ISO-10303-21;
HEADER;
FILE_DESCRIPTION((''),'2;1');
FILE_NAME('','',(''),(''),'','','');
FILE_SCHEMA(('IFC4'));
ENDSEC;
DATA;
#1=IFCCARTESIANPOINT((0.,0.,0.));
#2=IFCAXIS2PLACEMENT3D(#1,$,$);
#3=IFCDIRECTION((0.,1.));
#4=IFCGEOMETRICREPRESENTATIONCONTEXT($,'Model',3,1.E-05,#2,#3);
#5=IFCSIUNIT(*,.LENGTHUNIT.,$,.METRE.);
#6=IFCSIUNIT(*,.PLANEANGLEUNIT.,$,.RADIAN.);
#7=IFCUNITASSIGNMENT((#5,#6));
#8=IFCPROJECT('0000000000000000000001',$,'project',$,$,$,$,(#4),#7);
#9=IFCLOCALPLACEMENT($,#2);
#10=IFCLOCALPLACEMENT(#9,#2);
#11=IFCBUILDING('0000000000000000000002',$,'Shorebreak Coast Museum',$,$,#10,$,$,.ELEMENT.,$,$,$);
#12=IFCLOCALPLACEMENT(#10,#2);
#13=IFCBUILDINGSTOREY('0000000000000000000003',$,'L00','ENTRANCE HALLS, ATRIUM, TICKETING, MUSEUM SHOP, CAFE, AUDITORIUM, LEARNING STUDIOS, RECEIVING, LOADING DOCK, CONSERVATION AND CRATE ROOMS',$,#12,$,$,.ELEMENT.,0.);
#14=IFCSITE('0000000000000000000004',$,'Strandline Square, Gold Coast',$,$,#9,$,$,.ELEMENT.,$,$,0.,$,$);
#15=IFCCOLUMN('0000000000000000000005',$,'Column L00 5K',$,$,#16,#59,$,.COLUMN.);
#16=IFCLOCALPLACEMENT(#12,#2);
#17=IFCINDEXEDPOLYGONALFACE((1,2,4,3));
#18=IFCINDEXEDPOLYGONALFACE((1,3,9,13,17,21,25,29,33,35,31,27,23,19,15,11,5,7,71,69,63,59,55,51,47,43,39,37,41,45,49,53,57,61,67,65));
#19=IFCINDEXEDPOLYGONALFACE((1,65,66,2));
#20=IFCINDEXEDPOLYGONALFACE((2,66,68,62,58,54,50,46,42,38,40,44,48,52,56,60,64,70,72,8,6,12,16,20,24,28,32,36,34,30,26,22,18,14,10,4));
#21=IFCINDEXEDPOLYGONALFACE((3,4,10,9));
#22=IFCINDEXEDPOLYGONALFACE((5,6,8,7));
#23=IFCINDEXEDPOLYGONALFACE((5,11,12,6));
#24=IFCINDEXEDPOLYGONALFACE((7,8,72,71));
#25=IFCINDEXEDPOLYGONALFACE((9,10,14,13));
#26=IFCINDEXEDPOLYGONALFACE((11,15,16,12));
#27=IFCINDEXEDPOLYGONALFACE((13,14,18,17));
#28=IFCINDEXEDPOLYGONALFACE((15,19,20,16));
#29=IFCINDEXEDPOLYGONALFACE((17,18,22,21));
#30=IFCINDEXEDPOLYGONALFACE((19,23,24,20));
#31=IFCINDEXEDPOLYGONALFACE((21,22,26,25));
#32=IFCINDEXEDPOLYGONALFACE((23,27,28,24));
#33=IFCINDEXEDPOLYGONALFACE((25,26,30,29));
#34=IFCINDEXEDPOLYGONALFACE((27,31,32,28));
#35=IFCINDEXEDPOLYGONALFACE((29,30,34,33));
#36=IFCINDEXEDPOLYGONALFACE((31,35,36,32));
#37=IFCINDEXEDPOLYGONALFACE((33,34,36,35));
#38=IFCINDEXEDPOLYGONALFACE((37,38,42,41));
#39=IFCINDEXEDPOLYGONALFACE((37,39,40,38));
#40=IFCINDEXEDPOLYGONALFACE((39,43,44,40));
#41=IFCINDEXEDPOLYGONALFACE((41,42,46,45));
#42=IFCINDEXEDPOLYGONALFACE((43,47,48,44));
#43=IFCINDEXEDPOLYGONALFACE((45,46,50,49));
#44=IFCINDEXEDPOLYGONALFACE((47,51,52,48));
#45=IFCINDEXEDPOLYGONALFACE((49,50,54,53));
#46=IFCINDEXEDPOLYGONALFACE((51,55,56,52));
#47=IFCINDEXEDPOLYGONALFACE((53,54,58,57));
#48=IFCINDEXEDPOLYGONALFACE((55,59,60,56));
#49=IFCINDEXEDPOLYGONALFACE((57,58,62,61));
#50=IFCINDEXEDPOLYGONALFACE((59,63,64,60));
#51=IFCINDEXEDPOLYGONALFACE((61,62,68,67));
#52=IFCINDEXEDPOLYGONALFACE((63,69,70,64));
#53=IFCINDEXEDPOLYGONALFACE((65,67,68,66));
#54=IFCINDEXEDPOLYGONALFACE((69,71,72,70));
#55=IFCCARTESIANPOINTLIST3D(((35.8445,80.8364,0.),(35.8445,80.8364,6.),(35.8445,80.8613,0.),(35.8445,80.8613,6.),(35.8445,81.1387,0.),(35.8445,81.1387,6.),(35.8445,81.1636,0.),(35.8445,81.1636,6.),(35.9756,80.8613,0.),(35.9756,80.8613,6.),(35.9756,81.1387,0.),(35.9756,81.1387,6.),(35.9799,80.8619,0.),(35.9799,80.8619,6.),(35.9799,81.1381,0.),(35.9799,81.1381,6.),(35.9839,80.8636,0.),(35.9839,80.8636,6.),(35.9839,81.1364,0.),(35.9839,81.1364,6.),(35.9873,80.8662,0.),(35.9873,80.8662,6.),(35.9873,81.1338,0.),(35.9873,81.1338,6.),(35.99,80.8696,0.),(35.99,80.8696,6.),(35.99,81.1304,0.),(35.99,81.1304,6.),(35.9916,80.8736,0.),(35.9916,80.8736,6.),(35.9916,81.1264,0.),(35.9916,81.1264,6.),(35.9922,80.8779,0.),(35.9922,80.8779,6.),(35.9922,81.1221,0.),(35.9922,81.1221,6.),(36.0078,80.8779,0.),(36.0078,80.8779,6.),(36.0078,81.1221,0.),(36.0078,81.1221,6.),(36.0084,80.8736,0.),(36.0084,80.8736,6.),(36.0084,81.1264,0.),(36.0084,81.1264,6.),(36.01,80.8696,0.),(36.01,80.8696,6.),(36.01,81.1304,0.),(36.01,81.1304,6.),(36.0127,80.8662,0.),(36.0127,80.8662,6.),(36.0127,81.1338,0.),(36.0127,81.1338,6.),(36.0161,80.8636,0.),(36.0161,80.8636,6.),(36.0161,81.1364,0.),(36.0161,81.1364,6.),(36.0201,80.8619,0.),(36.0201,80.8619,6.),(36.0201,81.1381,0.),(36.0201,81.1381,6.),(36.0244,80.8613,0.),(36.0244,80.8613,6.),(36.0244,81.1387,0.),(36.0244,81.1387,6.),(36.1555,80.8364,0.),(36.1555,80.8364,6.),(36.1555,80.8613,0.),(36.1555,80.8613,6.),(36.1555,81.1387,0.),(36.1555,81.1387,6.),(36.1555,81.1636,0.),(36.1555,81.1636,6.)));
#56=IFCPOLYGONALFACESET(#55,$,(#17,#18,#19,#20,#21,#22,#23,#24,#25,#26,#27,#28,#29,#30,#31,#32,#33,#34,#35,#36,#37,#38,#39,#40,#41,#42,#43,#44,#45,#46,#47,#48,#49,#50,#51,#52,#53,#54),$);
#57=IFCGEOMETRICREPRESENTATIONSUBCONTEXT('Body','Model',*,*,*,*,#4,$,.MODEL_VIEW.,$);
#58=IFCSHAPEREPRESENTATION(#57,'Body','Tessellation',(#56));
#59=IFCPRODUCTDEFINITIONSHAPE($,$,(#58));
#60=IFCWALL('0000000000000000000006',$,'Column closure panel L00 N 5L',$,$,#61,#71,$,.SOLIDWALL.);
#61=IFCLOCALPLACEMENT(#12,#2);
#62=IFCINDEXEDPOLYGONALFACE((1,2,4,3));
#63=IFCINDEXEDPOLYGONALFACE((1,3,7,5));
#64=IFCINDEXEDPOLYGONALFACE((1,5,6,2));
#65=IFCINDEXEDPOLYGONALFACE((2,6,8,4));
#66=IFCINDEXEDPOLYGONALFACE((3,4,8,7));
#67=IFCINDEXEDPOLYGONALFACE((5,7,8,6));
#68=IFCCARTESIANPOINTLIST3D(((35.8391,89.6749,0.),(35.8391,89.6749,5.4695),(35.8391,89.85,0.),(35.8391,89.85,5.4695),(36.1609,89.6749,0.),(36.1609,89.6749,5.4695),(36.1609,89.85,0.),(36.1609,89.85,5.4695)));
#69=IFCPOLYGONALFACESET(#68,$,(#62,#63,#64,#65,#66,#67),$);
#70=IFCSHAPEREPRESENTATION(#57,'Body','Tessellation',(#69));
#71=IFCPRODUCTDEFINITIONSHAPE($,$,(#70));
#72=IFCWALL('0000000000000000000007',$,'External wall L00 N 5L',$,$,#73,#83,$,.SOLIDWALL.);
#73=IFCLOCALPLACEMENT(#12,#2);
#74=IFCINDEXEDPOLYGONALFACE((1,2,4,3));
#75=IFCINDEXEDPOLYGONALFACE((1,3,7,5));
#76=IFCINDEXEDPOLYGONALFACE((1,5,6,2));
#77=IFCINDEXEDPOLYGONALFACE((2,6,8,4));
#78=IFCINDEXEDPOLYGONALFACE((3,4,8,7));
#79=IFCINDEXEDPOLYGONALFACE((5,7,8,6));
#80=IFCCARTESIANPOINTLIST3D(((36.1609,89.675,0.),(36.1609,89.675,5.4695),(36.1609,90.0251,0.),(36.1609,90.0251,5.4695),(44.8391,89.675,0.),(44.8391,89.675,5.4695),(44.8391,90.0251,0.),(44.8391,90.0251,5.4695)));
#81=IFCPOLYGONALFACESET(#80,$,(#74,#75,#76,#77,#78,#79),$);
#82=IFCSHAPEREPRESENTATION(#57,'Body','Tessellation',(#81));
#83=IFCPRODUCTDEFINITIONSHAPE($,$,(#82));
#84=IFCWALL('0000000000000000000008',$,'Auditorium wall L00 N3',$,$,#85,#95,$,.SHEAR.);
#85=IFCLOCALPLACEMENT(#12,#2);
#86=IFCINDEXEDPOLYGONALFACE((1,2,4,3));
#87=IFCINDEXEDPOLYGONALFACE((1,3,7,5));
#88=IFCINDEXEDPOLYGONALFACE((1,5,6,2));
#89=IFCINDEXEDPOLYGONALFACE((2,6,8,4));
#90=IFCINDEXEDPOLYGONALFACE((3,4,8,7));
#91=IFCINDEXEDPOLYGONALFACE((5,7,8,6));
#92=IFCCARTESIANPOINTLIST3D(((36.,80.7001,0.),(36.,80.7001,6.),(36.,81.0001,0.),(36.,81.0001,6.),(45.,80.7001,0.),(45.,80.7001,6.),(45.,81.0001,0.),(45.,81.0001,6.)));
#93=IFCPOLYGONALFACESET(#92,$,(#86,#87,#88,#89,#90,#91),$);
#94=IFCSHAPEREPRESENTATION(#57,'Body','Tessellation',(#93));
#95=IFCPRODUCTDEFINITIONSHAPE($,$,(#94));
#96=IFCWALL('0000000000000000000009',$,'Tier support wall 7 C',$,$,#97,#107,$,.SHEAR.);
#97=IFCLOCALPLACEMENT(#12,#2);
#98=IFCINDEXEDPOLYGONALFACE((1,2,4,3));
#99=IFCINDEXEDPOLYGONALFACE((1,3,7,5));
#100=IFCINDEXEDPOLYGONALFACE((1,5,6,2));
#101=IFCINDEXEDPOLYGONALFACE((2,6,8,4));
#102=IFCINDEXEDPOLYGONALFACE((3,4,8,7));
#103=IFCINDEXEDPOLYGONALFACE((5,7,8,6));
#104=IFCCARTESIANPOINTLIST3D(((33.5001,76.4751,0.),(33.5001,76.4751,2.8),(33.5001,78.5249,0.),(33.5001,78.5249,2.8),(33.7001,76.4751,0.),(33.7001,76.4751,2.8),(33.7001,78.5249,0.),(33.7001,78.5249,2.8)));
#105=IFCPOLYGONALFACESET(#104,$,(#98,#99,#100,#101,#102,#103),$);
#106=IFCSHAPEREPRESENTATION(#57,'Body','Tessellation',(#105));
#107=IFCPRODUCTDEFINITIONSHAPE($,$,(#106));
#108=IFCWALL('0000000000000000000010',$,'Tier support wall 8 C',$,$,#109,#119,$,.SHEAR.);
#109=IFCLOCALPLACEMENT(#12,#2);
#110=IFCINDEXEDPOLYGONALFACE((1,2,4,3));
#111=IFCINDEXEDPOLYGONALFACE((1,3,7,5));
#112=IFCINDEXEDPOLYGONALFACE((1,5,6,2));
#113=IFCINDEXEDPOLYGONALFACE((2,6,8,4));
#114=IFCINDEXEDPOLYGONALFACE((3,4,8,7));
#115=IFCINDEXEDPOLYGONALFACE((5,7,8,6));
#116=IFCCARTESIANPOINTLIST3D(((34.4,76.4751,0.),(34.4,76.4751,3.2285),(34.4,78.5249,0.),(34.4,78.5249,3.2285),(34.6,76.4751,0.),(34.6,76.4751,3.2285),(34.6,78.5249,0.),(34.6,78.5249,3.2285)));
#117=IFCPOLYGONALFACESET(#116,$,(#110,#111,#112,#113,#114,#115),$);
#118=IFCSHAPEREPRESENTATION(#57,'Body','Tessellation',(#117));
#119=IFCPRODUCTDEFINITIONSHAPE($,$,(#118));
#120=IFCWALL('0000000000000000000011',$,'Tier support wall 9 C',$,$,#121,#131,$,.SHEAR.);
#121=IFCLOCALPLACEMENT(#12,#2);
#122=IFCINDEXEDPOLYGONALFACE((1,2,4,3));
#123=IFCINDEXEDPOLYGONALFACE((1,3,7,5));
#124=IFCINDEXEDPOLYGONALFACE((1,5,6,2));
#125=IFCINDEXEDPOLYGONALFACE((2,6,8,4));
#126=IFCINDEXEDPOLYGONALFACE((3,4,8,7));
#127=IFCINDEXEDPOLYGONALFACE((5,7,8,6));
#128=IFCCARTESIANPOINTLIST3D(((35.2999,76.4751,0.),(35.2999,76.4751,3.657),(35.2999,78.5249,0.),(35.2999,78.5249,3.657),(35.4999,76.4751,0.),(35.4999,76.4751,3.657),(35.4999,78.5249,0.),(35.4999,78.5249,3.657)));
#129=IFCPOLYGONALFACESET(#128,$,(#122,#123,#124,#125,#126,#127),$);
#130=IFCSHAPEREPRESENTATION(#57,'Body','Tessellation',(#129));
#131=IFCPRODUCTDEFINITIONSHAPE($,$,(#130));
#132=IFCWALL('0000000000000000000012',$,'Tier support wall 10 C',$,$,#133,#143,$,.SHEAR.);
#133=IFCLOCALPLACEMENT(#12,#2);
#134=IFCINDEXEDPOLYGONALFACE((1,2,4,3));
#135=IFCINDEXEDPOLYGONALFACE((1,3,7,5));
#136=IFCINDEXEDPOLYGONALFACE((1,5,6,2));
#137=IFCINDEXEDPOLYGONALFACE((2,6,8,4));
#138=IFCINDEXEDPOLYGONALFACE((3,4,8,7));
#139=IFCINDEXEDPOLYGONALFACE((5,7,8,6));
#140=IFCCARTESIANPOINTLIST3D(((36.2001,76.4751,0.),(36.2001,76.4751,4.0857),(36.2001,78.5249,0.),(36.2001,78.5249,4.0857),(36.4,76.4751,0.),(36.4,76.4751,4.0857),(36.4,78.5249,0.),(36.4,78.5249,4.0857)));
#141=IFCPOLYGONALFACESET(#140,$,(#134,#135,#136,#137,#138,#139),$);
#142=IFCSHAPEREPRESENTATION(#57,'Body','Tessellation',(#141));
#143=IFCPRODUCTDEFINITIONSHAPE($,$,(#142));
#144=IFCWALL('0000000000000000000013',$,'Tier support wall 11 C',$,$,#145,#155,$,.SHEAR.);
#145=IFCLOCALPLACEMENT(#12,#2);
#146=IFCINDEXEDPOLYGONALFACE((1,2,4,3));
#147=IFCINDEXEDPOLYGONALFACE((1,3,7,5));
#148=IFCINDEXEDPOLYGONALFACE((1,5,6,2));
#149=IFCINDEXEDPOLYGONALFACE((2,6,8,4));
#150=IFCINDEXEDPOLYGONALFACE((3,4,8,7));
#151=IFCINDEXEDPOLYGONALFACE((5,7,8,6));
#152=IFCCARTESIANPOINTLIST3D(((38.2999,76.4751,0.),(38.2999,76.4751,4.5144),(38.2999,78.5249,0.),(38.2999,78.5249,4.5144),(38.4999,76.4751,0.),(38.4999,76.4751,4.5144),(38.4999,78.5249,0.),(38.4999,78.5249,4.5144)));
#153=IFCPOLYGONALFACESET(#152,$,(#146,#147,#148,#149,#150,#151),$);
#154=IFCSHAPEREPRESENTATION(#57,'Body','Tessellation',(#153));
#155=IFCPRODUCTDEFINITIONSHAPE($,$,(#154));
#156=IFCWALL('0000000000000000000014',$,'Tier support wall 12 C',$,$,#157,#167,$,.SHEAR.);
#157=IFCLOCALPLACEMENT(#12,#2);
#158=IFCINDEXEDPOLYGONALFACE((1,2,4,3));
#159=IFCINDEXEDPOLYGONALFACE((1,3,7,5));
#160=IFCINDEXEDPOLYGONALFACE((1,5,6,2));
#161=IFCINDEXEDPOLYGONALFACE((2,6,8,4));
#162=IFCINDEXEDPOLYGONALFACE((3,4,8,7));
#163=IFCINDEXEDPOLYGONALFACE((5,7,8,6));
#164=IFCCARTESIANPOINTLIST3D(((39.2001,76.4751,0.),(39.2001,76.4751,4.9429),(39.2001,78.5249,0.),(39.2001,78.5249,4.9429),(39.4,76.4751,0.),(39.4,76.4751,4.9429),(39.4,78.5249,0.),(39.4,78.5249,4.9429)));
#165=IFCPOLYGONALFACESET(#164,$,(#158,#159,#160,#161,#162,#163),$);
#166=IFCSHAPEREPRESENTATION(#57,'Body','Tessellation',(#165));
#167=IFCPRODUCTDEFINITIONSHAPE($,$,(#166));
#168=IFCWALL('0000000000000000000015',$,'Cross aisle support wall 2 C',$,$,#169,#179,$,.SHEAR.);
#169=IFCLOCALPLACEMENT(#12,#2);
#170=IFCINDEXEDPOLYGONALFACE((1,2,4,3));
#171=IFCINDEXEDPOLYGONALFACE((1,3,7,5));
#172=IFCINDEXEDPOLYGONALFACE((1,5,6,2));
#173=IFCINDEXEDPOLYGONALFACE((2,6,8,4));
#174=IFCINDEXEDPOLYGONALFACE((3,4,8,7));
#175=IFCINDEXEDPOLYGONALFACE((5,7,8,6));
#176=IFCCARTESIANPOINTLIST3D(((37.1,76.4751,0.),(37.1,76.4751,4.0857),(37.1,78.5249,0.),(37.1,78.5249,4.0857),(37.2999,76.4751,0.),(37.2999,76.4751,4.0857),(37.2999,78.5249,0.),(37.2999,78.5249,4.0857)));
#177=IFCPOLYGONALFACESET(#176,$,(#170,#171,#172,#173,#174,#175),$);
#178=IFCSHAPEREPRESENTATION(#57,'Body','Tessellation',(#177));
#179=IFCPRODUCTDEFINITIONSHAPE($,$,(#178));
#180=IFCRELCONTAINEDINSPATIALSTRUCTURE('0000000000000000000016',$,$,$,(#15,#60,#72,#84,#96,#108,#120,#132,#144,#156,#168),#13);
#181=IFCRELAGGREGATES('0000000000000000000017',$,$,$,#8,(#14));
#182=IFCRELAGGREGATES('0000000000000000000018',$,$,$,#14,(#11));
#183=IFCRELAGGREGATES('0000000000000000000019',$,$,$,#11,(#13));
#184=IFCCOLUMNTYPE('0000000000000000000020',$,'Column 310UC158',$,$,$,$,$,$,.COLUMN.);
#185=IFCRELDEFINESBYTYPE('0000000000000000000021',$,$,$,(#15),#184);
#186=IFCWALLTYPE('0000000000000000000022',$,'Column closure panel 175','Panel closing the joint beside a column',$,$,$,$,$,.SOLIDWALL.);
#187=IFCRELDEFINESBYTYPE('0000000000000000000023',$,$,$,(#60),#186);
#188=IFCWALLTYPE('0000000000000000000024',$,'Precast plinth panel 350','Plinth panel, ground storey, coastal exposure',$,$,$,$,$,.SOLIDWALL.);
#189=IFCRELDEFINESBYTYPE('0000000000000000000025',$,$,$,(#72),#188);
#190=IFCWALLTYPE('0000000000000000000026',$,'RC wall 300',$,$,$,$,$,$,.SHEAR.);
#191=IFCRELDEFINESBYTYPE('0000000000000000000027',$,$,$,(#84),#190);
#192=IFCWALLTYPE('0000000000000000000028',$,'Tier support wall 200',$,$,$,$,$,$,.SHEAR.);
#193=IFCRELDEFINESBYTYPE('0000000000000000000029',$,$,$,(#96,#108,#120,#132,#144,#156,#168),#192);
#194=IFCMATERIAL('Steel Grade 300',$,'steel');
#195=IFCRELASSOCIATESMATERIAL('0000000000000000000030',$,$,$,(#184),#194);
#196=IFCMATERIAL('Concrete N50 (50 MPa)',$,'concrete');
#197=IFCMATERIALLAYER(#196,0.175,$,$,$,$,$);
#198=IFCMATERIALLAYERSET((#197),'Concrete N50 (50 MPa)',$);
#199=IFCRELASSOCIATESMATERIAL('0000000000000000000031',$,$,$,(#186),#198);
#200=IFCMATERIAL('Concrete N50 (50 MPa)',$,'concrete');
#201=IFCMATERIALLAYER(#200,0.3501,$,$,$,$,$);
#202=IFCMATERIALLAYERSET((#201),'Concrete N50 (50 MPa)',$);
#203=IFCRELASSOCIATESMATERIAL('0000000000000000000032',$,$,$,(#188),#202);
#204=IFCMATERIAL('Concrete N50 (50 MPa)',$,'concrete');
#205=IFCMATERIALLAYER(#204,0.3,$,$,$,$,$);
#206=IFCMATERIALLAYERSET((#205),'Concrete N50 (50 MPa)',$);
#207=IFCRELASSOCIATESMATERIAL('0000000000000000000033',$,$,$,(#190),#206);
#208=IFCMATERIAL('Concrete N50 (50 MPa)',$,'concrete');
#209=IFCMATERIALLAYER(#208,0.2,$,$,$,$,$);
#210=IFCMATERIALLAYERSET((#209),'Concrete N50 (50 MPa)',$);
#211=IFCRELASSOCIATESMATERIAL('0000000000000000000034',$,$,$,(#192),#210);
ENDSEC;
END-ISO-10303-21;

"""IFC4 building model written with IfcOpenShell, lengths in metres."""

from ifc_helpers import new_model, si_unit, direction, frame, frame_2d, origin, origin_2d, place, context, subcontext, project, spatial, rectangle, i_section, extrude, material, layer, layer_set, material_profile, profile_set, type_object, element, save


model = new_model("IFC4")

# Units and contexts
model_context = context("Model", 3, precision=1e-05, world=origin(), true_north=direction((0.0, 1.0)))
body_context = subcontext(model_context, "Body", "Model", "MODEL_VIEW")
ifc_project = project(units=[si_unit("LENGTHUNIT", "METRE"), si_unit("PLANEANGLEUNIT", "RADIAN")], contexts=[model_context])

# Site, building, storey
site_placement = place(None, origin())
site = spatial("IfcSite", under=ifc_project, at=site_placement, Name="Strandline Square, Gold Coast", CompositionType="ELEMENT", RefElevation=0.0)
building_placement = place(site_placement, origin())
building = spatial("IfcBuilding", under=site, at=building_placement, Name="Shorebreak Coast Museum", CompositionType="ELEMENT")
storey_placement = place(building_placement, origin())
storey = spatial("IfcBuildingStorey", under=building, at=storey_placement, Name="L00", Description="ENTRANCE HALLS, ATRIUM, TICKETING, MUSEUM SHOP, CAFE, AUDITORIUM, LEARNING STUDIOS, RECEIVING, LOADING DOCK, CONSERVATION AND CRATE ROOMS", CompositionType="ELEMENT", Elevation=0.0)

# Column
ifc_material_1 = material(Name="Steel Grade 300", Category="steel")
ifc_material_profile_1 = material_profile(ifc_material_1, i_section(OverallWidth=0.311, OverallDepth=0.3271, WebThickness=0.0156, FlangeThickness=0.0249, FilletRadius=0.0166, at=origin_2d()), Name="310UC158")
ifc_profile_set_1 = profile_set([ifc_material_profile_1], Name="Steel Grade 300")
column_type_1 = type_object("IfcColumnType", Name="Column 310UC158", PredefinedType="COLUMN", material=ifc_profile_set_1)
column_1_placement = place(storey_placement, frame((36.0, 81.0, 0.0), z_axis=(0.0, 0.0, 1.0), x_axis=(1.0, 0.0, 0.0)))
element("IfcColumn", 1, at=column_1_placement, inside=storey, type_object=column_type_1, Name="Column L00 5K", PredefinedType="COLUMN", context=body_context, shape_type="SweptSolid", body=[
    extrude(i_section(OverallWidth=0.311, OverallDepth=0.3271, WebThickness=0.0156, FlangeThickness=0.0249, FilletRadius=0.0166, at=origin_2d()), origin(), (0.0, 0.0, 1.0), 6.0),
])

# Walls
ifc_material_2 = material(Name="Concrete N50 (50 MPa)", Category="concrete")
ifc_layer_1 = layer(ifc_material_2, 0.175)
ifc_layer_set_1 = layer_set([ifc_layer_1], Name="Concrete N50 (50 MPa)")
wall_type_1 = type_object("IfcWallType", Name="Column closure panel 175", Description="Panel closing the joint beside a column", PredefinedType="SOLIDWALL", material=ifc_layer_set_1)
wall_1_placement = place(storey_placement, frame((35.8391, 89.7625, 0.0), z_axis=(0.0, 0.0, 1.0), x_axis=(1.0, 0.0, 0.0)))
element("IfcWall", 2, at=wall_1_placement, inside=storey, type_object=wall_type_1, Name="Column closure panel L00 N 5L", PredefinedType="SOLIDWALL", context=body_context, shape_type="SweptSolid", body=[
    extrude(rectangle(XDim=0.3218, YDim=0.175, at=frame_2d((0.1609, 0.0))), origin(), (0.0, 0.0, 1.0), 5.4695),
])
ifc_material_3 = material(Name="Concrete N50 (50 MPa)", Category="concrete")
ifc_layer_2 = layer(ifc_material_3, 0.3501)
ifc_layer_set_2 = layer_set([ifc_layer_2], Name="Concrete N50 (50 MPa)")
wall_type_2 = type_object("IfcWallType", Name="Precast plinth panel 350", Description="Plinth panel, ground storey, coastal exposure", PredefinedType="SOLIDWALL", material=ifc_layer_set_2)
wall_2_placement = place(storey_placement, frame((36.1609, 89.8501, 0.0), z_axis=(0.0, 0.0, 1.0), x_axis=(1.0, 0.0, 0.0)))
element("IfcWall", 3, at=wall_2_placement, inside=storey, type_object=wall_type_2, Name="External wall L00 N 5L", PredefinedType="SOLIDWALL", context=body_context, shape_type="SweptSolid", body=[
    extrude(rectangle(XDim=8.6782, YDim=0.3501, at=frame_2d((4.3391, 0.0))), origin(), (0.0, 0.0, 1.0), 5.4695),
])
ifc_material_4 = material(Name="Concrete N50 (50 MPa)", Category="concrete")
ifc_layer_3 = layer(ifc_material_4, 0.3)
ifc_layer_set_3 = layer_set([ifc_layer_3], Name="Concrete N50 (50 MPa)")
wall_type_3 = type_object("IfcWallType", Name="RC wall 300", PredefinedType="SHEAR", material=ifc_layer_set_3)
wall_3_placement = place(storey_placement, frame((36.0, 80.8501, 0.0), z_axis=(0.0, 0.0, 1.0), x_axis=(1.0, 0.0, 0.0)))
element("IfcWall", 4, at=wall_3_placement, inside=storey, type_object=wall_type_3, Name="Auditorium wall L00 N3", PredefinedType="SHEAR", context=body_context, shape_type="SweptSolid", body=[
    extrude(rectangle(XDim=9.0, YDim=0.3, at=frame_2d((4.5, 0.0))), origin(), (0.0, 0.0, 1.0), 6.0),
])
ifc_material_5 = material(Name="Concrete N50 (50 MPa)", Category="concrete")
ifc_layer_4 = layer(ifc_material_5, 0.2)
ifc_layer_set_4 = layer_set([ifc_layer_4], Name="Concrete N50 (50 MPa)")
wall_type_4 = type_object("IfcWallType", Name="Tier support wall 200", PredefinedType="SHEAR", material=ifc_layer_set_4)
wall_4_placement = place(storey_placement, frame((33.6001, 76.4751, 0.0), z_axis=(0.0, 0.0, 1.0), x_axis=(0.0, 1.0, 0.0)))
element("IfcWall", 5, at=wall_4_placement, inside=storey, type_object=wall_type_4, Name="Tier support wall 7 C", PredefinedType="SHEAR", context=body_context, shape_type="SweptSolid", body=[
    extrude(rectangle(XDim=2.0498, YDim=0.2, at=frame_2d((1.0249, 0.0))), origin(), (0.0, 0.0, 1.0), 2.8),
])
wall_5_placement = place(storey_placement, frame((34.5, 76.4751, 0.0), z_axis=(0.0, 0.0, 1.0), x_axis=(0.0, 1.0, 0.0)))
element("IfcWall", 6, at=wall_5_placement, inside=storey, type_object=wall_type_4, Name="Tier support wall 8 C", PredefinedType="SHEAR", context=body_context, shape_type="SweptSolid", body=[
    extrude(rectangle(XDim=2.0498, YDim=0.2, at=frame_2d((1.0249, 0.0))), origin(), (0.0, 0.0, 1.0), 3.2285),
])
wall_6_placement = place(storey_placement, frame((35.3999, 76.4751, 0.0), z_axis=(0.0, 0.0, 1.0), x_axis=(0.0, 1.0, 0.0)))
element("IfcWall", 7, at=wall_6_placement, inside=storey, type_object=wall_type_4, Name="Tier support wall 9 C", PredefinedType="SHEAR", context=body_context, shape_type="SweptSolid", body=[
    extrude(rectangle(XDim=2.0498, YDim=0.2, at=frame_2d((1.0249, 0.0))), origin(), (0.0, 0.0, 1.0), 3.657),
])
wall_7_placement = place(storey_placement, frame((36.3, 76.4751, 0.0), z_axis=(0.0, 0.0, 1.0), x_axis=(0.0, 1.0, 0.0)))
element("IfcWall", 8, at=wall_7_placement, inside=storey, type_object=wall_type_4, Name="Tier support wall 10 C", PredefinedType="SHEAR", context=body_context, shape_type="SweptSolid", body=[
    extrude(rectangle(XDim=2.0498, YDim=0.2, at=frame_2d((1.0249, 0.0))), origin(), (0.0, 0.0, 1.0), 4.0857),
])
wall_8_placement = place(storey_placement, frame((38.3999, 76.4751, 0.0), z_axis=(0.0, 0.0, 1.0), x_axis=(0.0, 1.0, 0.0)))
element("IfcWall", 9, at=wall_8_placement, inside=storey, type_object=wall_type_4, Name="Tier support wall 11 C", PredefinedType="SHEAR", context=body_context, shape_type="SweptSolid", body=[
    extrude(rectangle(XDim=2.0498, YDim=0.2, at=frame_2d((1.0249, 0.0))), origin(), (0.0, 0.0, 1.0), 4.5144),
])
wall_9_placement = place(storey_placement, frame((39.3, 76.4751, 0.0), z_axis=(0.0, 0.0, 1.0), x_axis=(0.0, 1.0, 0.0)))
element("IfcWall", 10, at=wall_9_placement, inside=storey, type_object=wall_type_4, Name="Tier support wall 12 C", PredefinedType="SHEAR", context=body_context, shape_type="SweptSolid", body=[
    extrude(rectangle(XDim=2.0498, YDim=0.2, at=frame_2d((1.0249, 0.0))), origin(), (0.0, 0.0, 1.0), 4.9429),
])
wall_10_placement = place(storey_placement, frame((37.2, 76.4751, 0.0), z_axis=(0.0, 0.0, 1.0), x_axis=(0.0, 1.0, 0.0)))
element("IfcWall", 11, at=wall_10_placement, inside=storey, type_object=wall_type_4, Name="Cross aisle support wall 2 C", PredefinedType="SHEAR", context=body_context, shape_type="SweptSolid", body=[
    extrude(rectangle(XDim=2.0498, YDim=0.2, at=frame_2d((1.0249, 0.0))), origin(), (0.0, 0.0, 1.0), 4.0857),
])

save(model, "model.ifc")
